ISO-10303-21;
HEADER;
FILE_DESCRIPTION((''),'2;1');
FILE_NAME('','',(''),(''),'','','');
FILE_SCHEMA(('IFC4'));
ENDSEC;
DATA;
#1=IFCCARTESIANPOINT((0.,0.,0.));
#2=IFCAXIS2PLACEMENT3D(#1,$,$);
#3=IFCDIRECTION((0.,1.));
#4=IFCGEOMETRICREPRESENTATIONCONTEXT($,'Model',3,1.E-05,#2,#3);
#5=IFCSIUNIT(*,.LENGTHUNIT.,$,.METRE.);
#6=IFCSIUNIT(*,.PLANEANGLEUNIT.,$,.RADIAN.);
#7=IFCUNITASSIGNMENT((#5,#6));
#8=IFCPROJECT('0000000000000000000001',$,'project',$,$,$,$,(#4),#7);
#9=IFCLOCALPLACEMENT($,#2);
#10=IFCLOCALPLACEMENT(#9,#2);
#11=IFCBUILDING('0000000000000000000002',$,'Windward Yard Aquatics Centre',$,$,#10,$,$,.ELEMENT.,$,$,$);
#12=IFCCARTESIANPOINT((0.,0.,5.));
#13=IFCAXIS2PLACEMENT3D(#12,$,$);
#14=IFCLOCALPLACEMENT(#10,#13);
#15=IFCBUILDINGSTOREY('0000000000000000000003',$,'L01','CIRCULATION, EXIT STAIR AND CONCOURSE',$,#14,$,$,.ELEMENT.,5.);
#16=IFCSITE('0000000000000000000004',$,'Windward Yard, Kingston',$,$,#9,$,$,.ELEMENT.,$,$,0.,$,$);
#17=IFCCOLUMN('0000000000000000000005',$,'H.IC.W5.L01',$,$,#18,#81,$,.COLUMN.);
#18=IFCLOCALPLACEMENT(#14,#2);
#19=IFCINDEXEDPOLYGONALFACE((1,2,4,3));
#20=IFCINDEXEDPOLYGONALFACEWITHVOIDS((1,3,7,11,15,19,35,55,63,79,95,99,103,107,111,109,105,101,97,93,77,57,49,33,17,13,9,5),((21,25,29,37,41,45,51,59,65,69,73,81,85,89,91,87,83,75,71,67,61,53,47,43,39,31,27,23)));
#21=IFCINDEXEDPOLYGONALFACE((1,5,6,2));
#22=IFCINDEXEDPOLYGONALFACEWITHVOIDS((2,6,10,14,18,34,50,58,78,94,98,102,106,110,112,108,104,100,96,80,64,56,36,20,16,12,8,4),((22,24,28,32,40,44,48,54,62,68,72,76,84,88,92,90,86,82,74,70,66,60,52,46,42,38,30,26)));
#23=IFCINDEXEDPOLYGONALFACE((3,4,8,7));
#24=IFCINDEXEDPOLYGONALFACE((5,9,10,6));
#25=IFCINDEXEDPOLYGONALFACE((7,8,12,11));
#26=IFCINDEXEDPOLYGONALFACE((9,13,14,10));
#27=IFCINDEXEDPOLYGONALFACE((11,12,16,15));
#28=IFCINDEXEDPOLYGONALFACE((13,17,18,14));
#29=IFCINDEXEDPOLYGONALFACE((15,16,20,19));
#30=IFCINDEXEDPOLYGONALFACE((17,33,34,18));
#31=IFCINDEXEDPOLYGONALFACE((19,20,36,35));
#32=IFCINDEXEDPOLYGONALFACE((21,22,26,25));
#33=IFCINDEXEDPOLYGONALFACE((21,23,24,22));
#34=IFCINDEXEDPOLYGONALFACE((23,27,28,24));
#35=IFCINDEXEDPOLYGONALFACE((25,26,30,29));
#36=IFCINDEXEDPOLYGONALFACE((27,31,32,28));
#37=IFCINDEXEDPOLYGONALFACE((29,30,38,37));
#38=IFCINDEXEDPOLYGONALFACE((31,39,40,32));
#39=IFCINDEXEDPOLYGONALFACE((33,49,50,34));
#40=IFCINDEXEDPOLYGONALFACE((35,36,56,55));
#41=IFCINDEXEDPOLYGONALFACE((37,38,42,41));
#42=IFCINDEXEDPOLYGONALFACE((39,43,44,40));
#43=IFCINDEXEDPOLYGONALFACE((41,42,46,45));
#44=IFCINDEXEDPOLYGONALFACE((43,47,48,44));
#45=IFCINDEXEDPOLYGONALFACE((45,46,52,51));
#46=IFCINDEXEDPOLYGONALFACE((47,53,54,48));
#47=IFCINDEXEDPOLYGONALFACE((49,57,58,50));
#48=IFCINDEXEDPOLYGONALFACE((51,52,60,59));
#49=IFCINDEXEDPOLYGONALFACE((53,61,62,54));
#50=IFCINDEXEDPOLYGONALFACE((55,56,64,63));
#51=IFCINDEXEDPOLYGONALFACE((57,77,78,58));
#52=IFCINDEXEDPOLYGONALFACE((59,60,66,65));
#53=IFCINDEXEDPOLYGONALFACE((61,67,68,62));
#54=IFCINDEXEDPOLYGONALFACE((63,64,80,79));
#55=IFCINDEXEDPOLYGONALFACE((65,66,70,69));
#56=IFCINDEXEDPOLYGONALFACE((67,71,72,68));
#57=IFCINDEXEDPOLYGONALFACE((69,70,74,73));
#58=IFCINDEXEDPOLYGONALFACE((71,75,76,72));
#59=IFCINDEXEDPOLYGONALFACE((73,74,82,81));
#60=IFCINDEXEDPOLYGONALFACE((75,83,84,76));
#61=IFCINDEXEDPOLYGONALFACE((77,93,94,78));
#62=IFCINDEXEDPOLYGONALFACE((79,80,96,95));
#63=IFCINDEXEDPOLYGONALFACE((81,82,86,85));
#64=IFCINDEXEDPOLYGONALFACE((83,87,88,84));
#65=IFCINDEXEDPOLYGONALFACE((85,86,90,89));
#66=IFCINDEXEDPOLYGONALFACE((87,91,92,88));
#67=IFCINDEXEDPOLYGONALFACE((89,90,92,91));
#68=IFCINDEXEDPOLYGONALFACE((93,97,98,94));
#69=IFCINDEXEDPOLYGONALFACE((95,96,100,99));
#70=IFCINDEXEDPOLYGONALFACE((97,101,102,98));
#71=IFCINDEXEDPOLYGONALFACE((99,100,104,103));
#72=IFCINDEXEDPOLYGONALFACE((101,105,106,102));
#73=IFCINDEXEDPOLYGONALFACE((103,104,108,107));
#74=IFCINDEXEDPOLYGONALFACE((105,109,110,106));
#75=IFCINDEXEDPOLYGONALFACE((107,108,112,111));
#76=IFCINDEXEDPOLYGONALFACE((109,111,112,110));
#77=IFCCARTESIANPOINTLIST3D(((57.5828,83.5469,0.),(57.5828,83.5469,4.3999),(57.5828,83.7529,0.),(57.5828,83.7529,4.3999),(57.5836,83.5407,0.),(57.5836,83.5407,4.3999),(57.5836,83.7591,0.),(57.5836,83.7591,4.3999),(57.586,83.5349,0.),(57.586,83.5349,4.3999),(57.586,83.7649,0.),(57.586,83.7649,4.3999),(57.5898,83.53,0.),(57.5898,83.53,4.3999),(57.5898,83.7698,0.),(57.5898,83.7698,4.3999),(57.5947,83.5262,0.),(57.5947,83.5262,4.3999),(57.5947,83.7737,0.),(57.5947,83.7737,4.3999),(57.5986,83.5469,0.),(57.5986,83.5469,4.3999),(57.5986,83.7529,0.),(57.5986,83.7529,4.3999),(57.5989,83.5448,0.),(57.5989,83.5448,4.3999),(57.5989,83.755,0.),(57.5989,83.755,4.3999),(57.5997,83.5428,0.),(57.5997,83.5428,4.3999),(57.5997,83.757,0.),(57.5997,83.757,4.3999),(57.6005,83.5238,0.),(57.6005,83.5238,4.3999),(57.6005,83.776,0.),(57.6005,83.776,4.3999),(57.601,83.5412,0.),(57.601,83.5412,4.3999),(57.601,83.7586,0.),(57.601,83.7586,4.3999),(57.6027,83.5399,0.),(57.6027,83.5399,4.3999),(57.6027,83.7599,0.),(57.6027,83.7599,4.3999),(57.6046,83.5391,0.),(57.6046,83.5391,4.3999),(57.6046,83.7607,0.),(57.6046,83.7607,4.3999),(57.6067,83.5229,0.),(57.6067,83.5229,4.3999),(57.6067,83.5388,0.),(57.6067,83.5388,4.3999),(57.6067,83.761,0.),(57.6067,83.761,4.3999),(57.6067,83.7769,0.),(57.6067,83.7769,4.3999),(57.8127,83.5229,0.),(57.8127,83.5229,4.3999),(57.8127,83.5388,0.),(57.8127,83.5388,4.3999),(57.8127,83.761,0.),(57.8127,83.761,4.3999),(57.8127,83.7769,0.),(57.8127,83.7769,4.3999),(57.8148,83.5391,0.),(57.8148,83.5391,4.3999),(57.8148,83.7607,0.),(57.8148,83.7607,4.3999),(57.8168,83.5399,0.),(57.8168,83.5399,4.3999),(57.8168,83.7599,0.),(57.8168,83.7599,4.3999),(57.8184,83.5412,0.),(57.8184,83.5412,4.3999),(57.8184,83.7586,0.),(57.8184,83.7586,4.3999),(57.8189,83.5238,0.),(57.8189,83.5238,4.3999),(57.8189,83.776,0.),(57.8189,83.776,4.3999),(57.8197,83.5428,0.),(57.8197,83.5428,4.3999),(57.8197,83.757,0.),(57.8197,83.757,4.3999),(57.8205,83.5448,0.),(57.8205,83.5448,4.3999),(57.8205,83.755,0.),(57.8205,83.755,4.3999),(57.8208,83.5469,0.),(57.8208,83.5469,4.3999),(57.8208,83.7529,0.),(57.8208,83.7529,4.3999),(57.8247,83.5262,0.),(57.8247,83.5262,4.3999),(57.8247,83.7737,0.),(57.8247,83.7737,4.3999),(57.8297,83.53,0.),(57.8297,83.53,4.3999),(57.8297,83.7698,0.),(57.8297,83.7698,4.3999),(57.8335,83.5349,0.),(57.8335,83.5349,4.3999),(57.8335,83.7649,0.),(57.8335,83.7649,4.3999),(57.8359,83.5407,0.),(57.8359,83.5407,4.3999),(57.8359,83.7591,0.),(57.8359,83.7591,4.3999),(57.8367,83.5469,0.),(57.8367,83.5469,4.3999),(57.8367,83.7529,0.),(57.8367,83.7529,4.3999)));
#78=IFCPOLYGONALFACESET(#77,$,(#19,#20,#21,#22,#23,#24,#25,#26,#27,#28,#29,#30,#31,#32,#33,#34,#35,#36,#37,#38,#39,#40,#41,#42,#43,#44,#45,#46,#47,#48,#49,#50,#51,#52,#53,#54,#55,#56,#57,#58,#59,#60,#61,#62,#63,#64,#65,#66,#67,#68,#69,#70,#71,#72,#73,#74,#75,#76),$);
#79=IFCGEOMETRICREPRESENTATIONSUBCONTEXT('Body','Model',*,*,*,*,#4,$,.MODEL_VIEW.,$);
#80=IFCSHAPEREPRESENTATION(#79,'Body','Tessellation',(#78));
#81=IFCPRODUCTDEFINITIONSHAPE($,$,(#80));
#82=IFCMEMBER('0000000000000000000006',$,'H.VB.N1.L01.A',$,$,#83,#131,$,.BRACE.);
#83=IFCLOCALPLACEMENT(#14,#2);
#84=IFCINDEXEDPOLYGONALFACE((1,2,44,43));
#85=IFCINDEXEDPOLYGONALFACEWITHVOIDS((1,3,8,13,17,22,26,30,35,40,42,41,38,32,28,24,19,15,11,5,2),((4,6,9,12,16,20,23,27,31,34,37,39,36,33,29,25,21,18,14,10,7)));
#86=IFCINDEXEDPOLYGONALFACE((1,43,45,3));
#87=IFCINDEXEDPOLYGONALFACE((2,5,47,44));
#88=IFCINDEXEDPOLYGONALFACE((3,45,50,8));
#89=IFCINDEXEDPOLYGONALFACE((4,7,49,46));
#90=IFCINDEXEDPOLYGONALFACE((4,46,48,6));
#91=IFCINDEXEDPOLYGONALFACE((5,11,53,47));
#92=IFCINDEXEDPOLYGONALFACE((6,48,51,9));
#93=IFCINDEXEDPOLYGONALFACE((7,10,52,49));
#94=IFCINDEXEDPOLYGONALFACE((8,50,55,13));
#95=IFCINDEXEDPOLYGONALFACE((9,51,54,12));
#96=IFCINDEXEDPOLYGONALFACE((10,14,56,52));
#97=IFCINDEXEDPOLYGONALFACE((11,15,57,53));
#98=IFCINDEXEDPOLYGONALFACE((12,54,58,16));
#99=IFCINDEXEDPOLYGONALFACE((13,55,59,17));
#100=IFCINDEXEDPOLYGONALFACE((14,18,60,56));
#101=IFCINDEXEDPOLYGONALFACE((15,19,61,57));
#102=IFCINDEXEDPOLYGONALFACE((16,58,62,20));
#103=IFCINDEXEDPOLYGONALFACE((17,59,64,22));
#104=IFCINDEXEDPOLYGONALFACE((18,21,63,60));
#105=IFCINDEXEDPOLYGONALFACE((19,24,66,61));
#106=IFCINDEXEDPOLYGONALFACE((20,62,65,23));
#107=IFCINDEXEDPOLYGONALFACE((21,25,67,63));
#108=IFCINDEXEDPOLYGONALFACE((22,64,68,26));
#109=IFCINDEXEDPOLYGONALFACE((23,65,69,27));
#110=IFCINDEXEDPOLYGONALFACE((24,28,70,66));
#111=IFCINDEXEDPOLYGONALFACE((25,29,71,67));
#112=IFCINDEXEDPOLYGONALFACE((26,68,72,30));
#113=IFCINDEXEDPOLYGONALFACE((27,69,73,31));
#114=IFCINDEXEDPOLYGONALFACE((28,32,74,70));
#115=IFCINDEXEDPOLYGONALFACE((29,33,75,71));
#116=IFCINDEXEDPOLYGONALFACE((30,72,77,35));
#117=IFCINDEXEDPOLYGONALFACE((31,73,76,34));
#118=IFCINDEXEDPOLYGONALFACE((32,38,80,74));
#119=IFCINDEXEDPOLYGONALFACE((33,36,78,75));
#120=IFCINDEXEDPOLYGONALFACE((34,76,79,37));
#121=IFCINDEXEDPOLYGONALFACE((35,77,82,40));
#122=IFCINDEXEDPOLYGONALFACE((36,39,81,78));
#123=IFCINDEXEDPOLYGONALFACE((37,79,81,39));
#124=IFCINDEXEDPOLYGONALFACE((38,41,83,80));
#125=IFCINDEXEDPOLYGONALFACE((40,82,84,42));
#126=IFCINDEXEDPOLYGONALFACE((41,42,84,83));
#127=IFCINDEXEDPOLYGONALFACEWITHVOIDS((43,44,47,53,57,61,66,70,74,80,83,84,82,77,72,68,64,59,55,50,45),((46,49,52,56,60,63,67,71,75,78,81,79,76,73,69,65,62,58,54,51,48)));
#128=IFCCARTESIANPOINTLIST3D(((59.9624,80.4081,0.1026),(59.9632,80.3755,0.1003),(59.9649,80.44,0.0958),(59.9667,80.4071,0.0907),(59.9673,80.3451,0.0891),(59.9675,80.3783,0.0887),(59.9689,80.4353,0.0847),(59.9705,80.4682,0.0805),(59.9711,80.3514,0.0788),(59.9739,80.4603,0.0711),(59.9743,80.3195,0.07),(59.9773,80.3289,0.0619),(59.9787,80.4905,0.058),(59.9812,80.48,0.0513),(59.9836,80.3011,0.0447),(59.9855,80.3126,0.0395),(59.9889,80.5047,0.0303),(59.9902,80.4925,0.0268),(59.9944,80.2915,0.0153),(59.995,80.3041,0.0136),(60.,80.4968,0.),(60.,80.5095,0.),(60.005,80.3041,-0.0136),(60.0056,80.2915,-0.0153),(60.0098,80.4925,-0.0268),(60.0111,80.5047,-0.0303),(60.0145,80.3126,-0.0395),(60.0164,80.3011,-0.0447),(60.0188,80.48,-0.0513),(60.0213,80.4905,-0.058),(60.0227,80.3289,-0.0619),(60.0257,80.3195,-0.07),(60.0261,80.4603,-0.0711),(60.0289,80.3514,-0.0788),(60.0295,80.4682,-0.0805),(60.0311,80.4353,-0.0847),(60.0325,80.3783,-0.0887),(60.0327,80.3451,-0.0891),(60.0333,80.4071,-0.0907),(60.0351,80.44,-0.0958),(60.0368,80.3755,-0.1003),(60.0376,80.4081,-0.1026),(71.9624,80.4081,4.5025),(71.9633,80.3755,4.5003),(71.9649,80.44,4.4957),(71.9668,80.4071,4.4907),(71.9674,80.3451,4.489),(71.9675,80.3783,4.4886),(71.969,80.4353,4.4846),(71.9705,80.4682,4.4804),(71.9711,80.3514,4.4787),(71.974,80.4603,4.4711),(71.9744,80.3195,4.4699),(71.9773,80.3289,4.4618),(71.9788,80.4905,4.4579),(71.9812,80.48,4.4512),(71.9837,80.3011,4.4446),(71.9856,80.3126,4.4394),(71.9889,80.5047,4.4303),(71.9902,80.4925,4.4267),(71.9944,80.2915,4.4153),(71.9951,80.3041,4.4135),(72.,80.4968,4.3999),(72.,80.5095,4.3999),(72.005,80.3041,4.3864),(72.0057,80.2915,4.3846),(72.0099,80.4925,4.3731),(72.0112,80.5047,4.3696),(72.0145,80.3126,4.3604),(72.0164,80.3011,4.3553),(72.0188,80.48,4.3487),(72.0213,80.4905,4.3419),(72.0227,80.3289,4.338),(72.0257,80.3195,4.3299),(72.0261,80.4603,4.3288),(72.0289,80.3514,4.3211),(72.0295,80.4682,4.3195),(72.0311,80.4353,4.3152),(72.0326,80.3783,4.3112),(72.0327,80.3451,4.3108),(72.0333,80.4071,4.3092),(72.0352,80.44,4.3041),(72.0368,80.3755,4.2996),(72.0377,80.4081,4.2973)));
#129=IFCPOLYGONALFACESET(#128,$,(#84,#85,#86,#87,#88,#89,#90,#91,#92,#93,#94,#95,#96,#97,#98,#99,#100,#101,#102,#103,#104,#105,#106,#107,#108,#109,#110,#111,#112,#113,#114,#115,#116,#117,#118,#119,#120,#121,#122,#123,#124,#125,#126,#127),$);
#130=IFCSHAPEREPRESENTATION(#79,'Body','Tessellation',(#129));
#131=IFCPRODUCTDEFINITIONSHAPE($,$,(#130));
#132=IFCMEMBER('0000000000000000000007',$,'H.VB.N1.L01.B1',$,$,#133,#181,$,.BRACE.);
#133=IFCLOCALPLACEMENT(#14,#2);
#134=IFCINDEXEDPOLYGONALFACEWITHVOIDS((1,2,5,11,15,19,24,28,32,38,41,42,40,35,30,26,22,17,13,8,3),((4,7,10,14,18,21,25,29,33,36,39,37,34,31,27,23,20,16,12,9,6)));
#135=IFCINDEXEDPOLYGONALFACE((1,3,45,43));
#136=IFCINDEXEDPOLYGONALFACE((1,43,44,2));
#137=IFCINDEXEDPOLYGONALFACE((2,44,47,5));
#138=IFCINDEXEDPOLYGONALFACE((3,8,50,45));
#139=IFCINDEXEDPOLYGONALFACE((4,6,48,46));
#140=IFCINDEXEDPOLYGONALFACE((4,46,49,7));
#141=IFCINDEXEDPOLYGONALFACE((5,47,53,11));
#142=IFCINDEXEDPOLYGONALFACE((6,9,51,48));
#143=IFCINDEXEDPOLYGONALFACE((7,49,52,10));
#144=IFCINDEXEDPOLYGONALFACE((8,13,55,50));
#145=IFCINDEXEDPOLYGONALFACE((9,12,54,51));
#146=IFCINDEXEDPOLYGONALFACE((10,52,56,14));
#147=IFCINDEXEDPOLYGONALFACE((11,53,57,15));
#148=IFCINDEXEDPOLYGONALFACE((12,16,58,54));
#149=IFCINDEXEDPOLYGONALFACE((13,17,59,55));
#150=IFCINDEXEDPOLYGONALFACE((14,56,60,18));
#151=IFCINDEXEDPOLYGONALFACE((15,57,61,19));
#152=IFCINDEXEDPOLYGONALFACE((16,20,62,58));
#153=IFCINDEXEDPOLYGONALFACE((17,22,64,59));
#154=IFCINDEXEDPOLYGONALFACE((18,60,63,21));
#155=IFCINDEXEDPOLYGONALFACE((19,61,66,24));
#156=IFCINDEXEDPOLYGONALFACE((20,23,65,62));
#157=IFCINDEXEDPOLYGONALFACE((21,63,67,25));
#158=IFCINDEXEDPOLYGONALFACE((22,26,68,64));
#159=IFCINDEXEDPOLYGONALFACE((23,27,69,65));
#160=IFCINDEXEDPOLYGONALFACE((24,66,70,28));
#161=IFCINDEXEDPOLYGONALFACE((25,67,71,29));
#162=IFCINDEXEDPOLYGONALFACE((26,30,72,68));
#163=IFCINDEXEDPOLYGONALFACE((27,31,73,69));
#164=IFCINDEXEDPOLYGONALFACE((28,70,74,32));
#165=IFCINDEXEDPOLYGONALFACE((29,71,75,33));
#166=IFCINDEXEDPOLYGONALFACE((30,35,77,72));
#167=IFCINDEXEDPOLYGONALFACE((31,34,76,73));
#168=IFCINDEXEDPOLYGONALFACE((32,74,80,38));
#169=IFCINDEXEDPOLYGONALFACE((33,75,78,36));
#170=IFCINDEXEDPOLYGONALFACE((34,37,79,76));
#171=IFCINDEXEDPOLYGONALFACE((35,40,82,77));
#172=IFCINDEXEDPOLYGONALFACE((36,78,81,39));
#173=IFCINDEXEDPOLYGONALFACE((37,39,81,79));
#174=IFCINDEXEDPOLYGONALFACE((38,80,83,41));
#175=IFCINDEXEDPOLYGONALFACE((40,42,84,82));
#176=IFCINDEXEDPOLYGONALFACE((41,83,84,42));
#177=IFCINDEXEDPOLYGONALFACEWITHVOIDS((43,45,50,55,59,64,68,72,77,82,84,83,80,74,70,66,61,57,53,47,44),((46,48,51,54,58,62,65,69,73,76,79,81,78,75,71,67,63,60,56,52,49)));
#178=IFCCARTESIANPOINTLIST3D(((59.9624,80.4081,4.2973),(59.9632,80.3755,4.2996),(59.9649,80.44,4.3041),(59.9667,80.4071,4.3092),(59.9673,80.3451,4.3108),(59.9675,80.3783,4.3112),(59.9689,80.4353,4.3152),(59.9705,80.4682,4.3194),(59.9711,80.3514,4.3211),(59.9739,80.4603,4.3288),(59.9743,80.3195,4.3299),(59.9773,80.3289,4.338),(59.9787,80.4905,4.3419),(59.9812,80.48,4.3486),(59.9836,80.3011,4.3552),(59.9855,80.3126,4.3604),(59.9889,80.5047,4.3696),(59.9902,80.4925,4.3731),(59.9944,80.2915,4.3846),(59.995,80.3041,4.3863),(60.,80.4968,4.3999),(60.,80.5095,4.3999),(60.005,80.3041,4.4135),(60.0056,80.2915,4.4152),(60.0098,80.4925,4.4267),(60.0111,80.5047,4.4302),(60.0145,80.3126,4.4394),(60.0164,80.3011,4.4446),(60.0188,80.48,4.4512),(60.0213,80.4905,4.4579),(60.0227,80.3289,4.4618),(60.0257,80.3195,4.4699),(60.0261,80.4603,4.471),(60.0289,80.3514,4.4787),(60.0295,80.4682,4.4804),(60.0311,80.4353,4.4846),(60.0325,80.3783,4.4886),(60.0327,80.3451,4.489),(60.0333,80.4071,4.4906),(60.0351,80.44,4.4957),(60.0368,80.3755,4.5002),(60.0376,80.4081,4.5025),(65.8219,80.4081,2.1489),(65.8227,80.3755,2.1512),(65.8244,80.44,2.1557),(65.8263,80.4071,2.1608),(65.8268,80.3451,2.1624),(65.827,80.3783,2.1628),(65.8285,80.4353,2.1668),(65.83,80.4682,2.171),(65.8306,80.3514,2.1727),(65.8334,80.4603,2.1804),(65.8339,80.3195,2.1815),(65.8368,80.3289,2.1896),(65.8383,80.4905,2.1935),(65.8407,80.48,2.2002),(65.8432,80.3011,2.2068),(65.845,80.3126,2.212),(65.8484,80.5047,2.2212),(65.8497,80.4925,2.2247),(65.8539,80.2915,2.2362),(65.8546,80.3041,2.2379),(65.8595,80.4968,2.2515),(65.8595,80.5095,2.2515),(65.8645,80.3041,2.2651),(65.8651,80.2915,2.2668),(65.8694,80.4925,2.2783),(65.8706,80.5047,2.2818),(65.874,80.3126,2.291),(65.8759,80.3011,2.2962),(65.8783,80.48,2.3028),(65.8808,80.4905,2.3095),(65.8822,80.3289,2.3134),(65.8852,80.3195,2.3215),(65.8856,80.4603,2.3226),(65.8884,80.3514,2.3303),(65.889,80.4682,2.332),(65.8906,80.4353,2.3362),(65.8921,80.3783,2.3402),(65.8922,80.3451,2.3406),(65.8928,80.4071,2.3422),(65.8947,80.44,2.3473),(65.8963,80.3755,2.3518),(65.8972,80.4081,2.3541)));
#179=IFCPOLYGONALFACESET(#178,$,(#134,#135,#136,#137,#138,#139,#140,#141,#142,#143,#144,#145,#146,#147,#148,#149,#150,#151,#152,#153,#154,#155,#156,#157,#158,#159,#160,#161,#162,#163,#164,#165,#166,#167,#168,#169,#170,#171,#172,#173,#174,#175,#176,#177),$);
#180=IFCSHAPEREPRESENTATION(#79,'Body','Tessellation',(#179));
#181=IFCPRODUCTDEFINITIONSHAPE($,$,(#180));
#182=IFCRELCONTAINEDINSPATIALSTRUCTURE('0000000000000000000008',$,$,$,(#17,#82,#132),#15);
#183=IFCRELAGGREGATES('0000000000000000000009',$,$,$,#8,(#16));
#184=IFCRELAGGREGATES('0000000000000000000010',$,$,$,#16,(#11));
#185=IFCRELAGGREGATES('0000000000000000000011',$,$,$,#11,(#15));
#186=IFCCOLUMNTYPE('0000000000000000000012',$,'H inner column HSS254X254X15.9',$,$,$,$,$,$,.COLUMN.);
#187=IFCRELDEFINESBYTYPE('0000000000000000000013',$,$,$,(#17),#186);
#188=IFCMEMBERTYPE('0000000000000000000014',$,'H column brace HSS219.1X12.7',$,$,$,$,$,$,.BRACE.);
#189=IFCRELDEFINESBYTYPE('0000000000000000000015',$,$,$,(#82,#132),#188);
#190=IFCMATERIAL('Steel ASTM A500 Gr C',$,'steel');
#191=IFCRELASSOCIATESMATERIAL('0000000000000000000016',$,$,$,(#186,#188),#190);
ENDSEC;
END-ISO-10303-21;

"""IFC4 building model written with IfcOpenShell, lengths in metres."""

from ifc_helpers import new_model, si_unit, direction, frame, origin, origin_2d, place, context, subcontext, project, spatial, hollow_rectangle, hollow_circle, extrude, material, material_profile, profile_set, type_object, element, save


model = new_model("IFC4")

# Units and contexts
model_context = context("Model", 3, precision=1e-05, world=origin(), true_north=direction((0.0, 1.0)))
body_context = subcontext(model_context, "Body", "Model", "MODEL_VIEW")
ifc_project = project(units=[si_unit("LENGTHUNIT", "METRE"), si_unit("PLANEANGLEUNIT", "RADIAN")], contexts=[model_context])

# Site, building, storey
site_placement = place(None, origin())
site = spatial("IfcSite", under=ifc_project, at=site_placement, Name="Windward Yard, Kingston", CompositionType="ELEMENT", RefElevation=0.0)
building_placement = place(site_placement, origin())
building = spatial("IfcBuilding", under=site, at=building_placement, Name="Windward Yard Aquatics Centre", CompositionType="ELEMENT")
storey_placement = place(building_placement, frame((0.0, 0.0, 5.0)))
storey = spatial("IfcBuildingStorey", under=building, at=storey_placement, Name="L01", Description="CIRCULATION, EXIT STAIR AND CONCOURSE", CompositionType="ELEMENT", Elevation=5.0)

# Column
ifc_material_1 = material(Name="Steel ASTM A500 Gr C", Category="steel")
ifc_material_profile_1 = material_profile(ifc_material_1, hollow_rectangle(XDim=0.2539, YDim=0.2539, WallThickness=0.0159, InnerFilletRadius=0.0081, OuterFilletRadius=0.0239, at=origin_2d()), Name="HSS254X254X15.9")
ifc_profile_set_1 = profile_set([ifc_material_profile_1], Name="Steel ASTM A500 Gr C")
column_type_1 = type_object("IfcColumnType", Name="H inner column HSS254X254X15.9", PredefinedType="COLUMN", material=ifc_profile_set_1)
for number, where, z_axis, x_axis, name in (
    (1, (57.7097, 83.6499, 0.0), (0.0, 0.0, 1.0), (1.0, 0.0, 0.0), "H.IC.W5.L01"),
):
    element("IfcColumn", number, at=place(storey_placement, frame(where, z_axis=z_axis, x_axis=x_axis)), inside=storey, type_object=column_type_1, Name=name, PredefinedType="COLUMN", context=body_context, shape_type="SweptSolid", body=[
        extrude(hollow_rectangle(XDim=0.2539, YDim=0.2539, WallThickness=0.0159, InnerFilletRadius=0.0081, OuterFilletRadius=0.0239, at=origin_2d()), origin(), (0.0, 0.0, 1.0), 4.3999),
    ])

# Members
ifc_material_profile_2 = material_profile(ifc_material_1, hollow_circle(Radius=0.1096, WallThickness=0.0127, at=origin_2d()), Name="HSS219.1X12.7")
ifc_profile_set_2 = profile_set([ifc_material_profile_2], Name="Steel ASTM A500 Gr C")
member_type = type_object("IfcMemberType", Name="H column brace HSS219.1X12.7", PredefinedType="BRACE", material=ifc_profile_set_2)
member_placement = place(storey_placement, frame((60.0, 80.3999, 0.0), z_axis=(0.938879, 0.0, 0.344248), x_axis=(0.0, 1.0, 0.0)))
element("IfcMember", 2, at=member_placement, inside=storey, type_object=member_type, Name="H.VB.N1.L01.A", PredefinedType="BRACE", context=body_context, shape_type="SweptSolid", body=[
    extrude(hollow_circle(Radius=0.1096, WallThickness=0.0127, at=origin_2d()), origin(), (0.0, 0.0, 1.0), 12.7812),
])
for number, where, z_axis, x_axis, name in (
    (3, (60.0, 80.3999, 4.3999), (0.938881, 0.0, -0.344242), (0.0, 1.0, 0.0), "H.VB.N1.L01.B1"),
):
    element("IfcMember", number, at=place(storey_placement, frame(where, z_axis=z_axis, x_axis=x_axis)), inside=storey, type_object=member_type, Name=name, PredefinedType="BRACE", context=body_context, shape_type="SweptSolid", body=[
        extrude(hollow_circle(Radius=0.1096, WallThickness=0.0127, at=origin_2d()), origin(), (0.0, 0.0, 1.0), 6.241),
    ])

save(model, "model.ifc")
